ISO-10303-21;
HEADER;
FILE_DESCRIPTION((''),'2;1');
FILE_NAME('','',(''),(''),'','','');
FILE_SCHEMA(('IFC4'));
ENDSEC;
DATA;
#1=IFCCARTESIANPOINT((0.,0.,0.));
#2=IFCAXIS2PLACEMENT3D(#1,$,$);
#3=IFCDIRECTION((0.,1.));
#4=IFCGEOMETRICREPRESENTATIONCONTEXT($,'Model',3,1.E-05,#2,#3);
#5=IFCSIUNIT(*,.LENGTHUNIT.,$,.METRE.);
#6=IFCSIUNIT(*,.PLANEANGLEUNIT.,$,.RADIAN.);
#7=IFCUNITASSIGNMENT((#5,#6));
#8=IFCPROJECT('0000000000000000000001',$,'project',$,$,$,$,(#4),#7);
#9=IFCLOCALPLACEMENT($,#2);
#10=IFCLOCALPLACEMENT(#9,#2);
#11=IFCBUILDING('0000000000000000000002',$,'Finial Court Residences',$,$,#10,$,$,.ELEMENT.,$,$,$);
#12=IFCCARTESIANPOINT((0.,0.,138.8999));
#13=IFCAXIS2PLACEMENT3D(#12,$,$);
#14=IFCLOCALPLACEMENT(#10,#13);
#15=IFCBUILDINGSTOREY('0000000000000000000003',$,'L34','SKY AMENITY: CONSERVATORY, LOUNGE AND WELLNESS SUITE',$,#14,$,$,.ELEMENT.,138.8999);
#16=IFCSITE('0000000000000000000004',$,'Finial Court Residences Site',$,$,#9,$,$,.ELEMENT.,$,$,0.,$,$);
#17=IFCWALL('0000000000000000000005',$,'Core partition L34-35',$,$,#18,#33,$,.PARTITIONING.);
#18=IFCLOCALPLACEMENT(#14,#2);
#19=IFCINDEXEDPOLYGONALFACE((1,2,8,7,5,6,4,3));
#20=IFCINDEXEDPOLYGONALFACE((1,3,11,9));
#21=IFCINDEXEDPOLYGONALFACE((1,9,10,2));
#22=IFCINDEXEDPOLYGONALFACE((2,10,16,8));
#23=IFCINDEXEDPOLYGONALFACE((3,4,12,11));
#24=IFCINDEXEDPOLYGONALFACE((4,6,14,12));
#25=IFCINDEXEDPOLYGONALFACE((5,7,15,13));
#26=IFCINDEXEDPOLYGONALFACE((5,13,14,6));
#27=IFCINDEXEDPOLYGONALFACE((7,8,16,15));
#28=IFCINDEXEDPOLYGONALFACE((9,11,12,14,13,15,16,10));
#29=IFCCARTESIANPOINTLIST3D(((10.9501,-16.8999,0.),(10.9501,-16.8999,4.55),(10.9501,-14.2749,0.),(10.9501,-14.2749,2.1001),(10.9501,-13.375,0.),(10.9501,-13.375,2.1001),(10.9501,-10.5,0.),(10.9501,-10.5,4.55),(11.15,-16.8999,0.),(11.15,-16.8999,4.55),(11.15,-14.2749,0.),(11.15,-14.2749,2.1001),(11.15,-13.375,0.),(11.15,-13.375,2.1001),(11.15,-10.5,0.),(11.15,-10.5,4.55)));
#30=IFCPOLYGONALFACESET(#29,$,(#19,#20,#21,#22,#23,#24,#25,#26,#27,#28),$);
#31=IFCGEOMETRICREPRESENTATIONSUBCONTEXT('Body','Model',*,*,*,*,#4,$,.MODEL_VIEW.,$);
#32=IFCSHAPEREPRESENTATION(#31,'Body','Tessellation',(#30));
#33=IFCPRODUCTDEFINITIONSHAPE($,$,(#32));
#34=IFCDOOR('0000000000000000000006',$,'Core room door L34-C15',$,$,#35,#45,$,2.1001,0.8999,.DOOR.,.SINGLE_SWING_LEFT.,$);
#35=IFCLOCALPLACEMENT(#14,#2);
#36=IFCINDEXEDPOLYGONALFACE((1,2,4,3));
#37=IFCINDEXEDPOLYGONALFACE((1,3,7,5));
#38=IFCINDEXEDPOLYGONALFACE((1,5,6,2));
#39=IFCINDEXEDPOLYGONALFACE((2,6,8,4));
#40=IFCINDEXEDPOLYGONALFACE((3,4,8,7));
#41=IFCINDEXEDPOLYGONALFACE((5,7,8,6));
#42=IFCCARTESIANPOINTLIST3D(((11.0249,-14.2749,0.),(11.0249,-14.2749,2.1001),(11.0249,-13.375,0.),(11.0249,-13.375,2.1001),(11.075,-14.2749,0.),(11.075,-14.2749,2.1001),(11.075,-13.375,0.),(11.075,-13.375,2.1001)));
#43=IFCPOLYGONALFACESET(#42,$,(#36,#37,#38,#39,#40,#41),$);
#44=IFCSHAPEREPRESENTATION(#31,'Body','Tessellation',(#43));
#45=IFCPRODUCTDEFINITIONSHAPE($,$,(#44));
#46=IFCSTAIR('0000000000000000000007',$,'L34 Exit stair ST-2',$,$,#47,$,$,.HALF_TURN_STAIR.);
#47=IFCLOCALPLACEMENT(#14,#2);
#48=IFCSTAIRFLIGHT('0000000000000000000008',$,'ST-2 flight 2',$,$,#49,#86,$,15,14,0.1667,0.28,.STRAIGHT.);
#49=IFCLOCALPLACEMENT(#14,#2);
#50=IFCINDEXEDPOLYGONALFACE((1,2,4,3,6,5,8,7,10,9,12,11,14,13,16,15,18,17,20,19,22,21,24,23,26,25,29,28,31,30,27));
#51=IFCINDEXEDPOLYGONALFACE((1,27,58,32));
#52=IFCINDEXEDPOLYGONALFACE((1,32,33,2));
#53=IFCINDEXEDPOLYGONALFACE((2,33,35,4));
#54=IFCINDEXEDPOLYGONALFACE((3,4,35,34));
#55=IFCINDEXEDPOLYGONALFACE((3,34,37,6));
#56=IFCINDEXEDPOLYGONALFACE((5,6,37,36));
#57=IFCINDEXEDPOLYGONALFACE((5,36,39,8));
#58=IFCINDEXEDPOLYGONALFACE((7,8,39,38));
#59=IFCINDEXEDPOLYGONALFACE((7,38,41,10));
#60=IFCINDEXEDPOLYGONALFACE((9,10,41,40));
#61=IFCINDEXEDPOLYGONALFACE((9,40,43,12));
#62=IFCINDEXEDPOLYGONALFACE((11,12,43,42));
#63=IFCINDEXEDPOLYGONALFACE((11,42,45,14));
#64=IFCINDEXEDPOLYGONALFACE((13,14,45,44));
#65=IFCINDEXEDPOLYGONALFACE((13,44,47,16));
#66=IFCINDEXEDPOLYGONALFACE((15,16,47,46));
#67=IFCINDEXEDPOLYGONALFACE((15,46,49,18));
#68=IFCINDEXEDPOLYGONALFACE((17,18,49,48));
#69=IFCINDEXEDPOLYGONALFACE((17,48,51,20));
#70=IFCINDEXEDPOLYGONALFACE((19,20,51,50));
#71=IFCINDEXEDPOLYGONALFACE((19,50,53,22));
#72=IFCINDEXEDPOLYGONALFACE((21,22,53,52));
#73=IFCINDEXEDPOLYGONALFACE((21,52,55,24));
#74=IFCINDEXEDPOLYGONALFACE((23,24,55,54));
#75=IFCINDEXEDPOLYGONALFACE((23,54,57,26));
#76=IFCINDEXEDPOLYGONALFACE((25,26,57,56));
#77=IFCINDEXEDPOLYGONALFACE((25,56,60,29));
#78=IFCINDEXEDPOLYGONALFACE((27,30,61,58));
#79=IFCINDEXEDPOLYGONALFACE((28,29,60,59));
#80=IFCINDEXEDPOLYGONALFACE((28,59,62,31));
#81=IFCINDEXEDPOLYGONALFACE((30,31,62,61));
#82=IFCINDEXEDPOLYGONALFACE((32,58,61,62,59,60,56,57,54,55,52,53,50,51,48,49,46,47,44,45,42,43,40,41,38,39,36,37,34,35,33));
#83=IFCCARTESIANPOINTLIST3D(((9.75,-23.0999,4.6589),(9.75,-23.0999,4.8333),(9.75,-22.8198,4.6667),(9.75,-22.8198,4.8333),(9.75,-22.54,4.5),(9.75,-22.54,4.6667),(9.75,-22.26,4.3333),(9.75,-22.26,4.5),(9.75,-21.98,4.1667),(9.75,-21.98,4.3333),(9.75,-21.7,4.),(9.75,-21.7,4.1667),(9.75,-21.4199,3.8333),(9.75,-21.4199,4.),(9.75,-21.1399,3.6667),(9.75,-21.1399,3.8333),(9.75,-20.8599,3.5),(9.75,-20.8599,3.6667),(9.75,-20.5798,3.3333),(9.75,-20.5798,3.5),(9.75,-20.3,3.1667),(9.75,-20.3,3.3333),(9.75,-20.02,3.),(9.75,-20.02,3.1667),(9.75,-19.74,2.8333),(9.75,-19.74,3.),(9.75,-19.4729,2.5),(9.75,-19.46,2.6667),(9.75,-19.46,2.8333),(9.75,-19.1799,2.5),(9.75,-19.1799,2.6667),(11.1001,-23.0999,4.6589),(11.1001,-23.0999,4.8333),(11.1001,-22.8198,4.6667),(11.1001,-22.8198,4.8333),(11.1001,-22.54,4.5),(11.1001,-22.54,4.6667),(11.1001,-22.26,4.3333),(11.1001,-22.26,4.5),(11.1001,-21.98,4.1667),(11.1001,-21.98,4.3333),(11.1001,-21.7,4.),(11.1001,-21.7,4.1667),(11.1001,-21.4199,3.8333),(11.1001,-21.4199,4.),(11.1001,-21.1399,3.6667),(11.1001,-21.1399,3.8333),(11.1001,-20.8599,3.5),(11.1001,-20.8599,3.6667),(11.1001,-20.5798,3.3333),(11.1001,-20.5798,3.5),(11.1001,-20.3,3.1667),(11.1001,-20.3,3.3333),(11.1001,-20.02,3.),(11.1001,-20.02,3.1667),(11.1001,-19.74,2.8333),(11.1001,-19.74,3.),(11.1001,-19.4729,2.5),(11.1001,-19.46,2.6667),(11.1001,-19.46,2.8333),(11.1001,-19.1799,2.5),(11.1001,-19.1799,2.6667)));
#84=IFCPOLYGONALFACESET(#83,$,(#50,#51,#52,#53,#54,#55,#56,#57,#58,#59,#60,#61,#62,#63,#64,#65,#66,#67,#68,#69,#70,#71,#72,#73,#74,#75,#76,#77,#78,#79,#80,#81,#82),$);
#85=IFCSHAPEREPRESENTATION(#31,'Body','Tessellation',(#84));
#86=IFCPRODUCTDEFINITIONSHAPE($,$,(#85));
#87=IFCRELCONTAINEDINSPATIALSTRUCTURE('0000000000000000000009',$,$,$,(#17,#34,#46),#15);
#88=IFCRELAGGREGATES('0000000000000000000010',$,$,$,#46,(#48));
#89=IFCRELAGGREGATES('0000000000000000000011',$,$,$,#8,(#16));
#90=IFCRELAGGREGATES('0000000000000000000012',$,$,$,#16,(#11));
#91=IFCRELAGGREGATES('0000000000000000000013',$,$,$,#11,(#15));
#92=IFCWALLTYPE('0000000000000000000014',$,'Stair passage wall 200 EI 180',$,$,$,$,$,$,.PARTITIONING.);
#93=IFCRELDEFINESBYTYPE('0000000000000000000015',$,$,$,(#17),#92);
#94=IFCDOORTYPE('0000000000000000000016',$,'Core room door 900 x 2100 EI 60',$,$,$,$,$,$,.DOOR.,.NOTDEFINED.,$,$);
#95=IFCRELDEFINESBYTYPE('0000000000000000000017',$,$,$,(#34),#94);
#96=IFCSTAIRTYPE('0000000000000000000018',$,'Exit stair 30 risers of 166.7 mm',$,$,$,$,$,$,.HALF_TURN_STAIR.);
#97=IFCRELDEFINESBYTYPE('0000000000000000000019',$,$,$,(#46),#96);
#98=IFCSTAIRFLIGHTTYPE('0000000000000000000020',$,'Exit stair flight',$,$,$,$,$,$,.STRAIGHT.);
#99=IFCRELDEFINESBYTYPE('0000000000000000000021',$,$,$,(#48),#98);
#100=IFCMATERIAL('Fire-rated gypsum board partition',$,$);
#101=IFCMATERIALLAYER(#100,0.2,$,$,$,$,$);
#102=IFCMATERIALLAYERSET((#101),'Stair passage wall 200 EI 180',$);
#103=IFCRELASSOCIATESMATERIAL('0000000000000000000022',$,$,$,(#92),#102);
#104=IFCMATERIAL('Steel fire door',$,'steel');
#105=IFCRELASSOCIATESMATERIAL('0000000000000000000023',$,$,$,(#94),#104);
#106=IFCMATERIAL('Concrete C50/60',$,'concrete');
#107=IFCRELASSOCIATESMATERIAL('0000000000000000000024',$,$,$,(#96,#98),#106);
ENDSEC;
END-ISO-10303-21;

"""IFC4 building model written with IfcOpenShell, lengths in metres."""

from ifc_helpers import new_model, si_unit, direction, frame, frame_2d, origin, place, context, subcontext, project, spatial, polyline, rectangle, outline, extrude, material, layer, layer_set, type_object, element, fill, aggregate, save


model = new_model("IFC4")

# Units and contexts
model_context = context("Model", 3, precision=1e-05, world=origin(), true_north=direction((0.0, 1.0)))
body_context = subcontext(model_context, "Body", "Model", "MODEL_VIEW")
ifc_project = project(units=[si_unit("LENGTHUNIT", "METRE"), si_unit("PLANEANGLEUNIT", "RADIAN")], contexts=[model_context])

# Site, building, storey
site_placement = place(None, origin())
site = spatial("IfcSite", under=ifc_project, at=site_placement, Name="Finial Court Residences Site", CompositionType="ELEMENT", RefElevation=0.0)
building_placement = place(site_placement, origin())
building = spatial("IfcBuilding", under=site, at=building_placement, Name="Finial Court Residences", CompositionType="ELEMENT")
storey_placement = place(building_placement, frame((0.0, 0.0, 138.8999)))
storey = spatial("IfcBuildingStorey", under=building, at=storey_placement, Name="L34", Description="SKY AMENITY: CONSERVATORY, LOUNGE AND WELLNESS SUITE", CompositionType="ELEMENT", Elevation=138.8999)

# Shared definitions
ifc_material_1 = material(Name="Steel fire door", Category="steel")

# Shared definitions
ifc_material_2 = material(Name="Fire-rated gypsum board partition")

# Wall, opening, door
ifc_layer_1 = layer(ifc_material_2, 0.2)
ifc_layer_set_1 = layer_set([ifc_layer_1], Name="Stair passage wall 200 EI 180")
wall_type_1 = type_object("IfcWallType", Name="Stair passage wall 200 EI 180", PredefinedType="PARTITIONING", material=ifc_layer_set_1)
wall_1_placement = place(storey_placement, frame((11.05, -10.5, 0.0), z_axis=(0.0, 0.0, 1.0), x_axis=(0.0, -1.0, 0.0)))
wall_1 = element("IfcWall", 1, at=wall_1_placement, inside=storey, type_object=wall_type_1, Name="Core partition L34-35", PredefinedType="PARTITIONING", context=body_context, shape_type="SweptSolid", body=[
    extrude(rectangle(XDim=6.3999, YDim=0.2, at=frame_2d((3.2, 0.0))), origin(), (0.0, 0.0, 1.0), 4.55),
])
opening_1_placement = place(wall_1_placement, frame((2.875, 0.0, 0.0)))
opening_1 = element("IfcOpeningElement", 2, at=opening_1_placement, cuts=wall_1, PredefinedType="OPENING", context=body_context, shape_type="SweptSolid", body=[
    extrude(rectangle(XDim=0.8999, YDim=2.1001, at=frame_2d((0.45, 1.05))), frame((0.0, 0.1099, 0.0), z_axis=(0.0, -1.0, 0.0), x_axis=(1.0, 0.0, 0.0)), (0.0, 0.0, 1.0), 0.22),
])
door_type_1 = type_object("IfcDoorType", Name="Core room door 900 x 2100 EI 60", OperationType="NOTDEFINED", PredefinedType="DOOR", material=ifc_material_1)
door_1_placement = place(opening_1_placement, origin())
door_1 = element("IfcDoor", 3, at=door_1_placement, inside=storey, type_object=door_type_1, Name="Core room door L34-C15", OperationType="SINGLE_SWING_LEFT", OverallHeight=2.1001, OverallWidth=0.8999, PredefinedType="DOOR", context=body_context, shape_type="SweptSolid", body=[
    extrude(rectangle(XDim=0.8999, YDim=2.1001, at=frame_2d((0.45, 1.05))), frame((0.0, 0.0249, 0.0), z_axis=(0.0, -1.0, 0.0), x_axis=(1.0, 0.0, 0.0)), (0.0, 0.0, 1.0), 0.05),
])
fill(opening_1, door_1)

# Stair, stair flight
ifc_material_3 = material(Name="Concrete C50/60", Category="concrete")
stair_type = type_object("IfcStairType", Name="Exit stair 30 risers of 166.7 mm", PredefinedType="HALF_TURN_STAIR", material=ifc_material_3)
stair_placement = place(storey_placement, origin())
stair = element("IfcStair", 4, at=stair_placement, inside=storey, type_object=stair_type, Name="L34 Exit stair ST-2", PredefinedType="HALF_TURN_STAIR")
stair_flight_type = type_object("IfcStairFlightType", Name="Exit stair flight", PredefinedType="STRAIGHT", material=ifc_material_3)
stair_flight_placement = place(storey_placement, frame((10.425, -19.1799, 2.5), z_axis=(0.0, 0.0, 1.0), x_axis=(0.0, -1.0, 0.0)))
stair_flight = element("IfcStairFlight", 5, at=stair_flight_placement, type_object=stair_flight_type, Name="ST-2 flight 2", NumberOfRisers=15, NumberOfTreads=14, PredefinedType="STRAIGHT", RiserHeight=0.1667, TreadLength=0.28, context=body_context, shape_type="SweptSolid", body=[
    extrude(outline(polyline([(0.0, 0.0), (0.0, 0.1667), (0.28, 0.1667), (0.28, 0.3333), (0.5601, 0.3333), (0.5601, 0.5), (0.8401, 0.5), (0.8401, 0.6667), (1.1201, 0.6667), (1.1201, 0.8333), (1.3999, 0.8333), (1.3999, 1.0), (1.6799, 1.0), (1.6799, 1.1667), (1.96, 1.1667), (1.96, 1.3333), (2.24, 1.3333), (2.24, 1.5), (2.52, 1.5), (2.52, 1.6667), (2.8, 1.6667), (2.8, 1.8333), (3.0801, 1.8333), (3.0801, 2.0), (3.3601, 2.0), (3.3601, 2.1667), (3.6399, 2.1667), (3.6399, 2.3333), (3.9199, 2.3333), (3.9199, 2.5), (3.9199, 2.1589), (0.293, 0.0), (0.0, 0.0)])), frame((0.0, 0.675, 0.0), z_axis=(0.0, -1.0, 0.0), x_axis=(1.0, 0.0, 0.0)), (0.0, 0.0, 1.0), 1.3501),
])
aggregate(stair, [stair_flight])

save(model, "model.ifc")
